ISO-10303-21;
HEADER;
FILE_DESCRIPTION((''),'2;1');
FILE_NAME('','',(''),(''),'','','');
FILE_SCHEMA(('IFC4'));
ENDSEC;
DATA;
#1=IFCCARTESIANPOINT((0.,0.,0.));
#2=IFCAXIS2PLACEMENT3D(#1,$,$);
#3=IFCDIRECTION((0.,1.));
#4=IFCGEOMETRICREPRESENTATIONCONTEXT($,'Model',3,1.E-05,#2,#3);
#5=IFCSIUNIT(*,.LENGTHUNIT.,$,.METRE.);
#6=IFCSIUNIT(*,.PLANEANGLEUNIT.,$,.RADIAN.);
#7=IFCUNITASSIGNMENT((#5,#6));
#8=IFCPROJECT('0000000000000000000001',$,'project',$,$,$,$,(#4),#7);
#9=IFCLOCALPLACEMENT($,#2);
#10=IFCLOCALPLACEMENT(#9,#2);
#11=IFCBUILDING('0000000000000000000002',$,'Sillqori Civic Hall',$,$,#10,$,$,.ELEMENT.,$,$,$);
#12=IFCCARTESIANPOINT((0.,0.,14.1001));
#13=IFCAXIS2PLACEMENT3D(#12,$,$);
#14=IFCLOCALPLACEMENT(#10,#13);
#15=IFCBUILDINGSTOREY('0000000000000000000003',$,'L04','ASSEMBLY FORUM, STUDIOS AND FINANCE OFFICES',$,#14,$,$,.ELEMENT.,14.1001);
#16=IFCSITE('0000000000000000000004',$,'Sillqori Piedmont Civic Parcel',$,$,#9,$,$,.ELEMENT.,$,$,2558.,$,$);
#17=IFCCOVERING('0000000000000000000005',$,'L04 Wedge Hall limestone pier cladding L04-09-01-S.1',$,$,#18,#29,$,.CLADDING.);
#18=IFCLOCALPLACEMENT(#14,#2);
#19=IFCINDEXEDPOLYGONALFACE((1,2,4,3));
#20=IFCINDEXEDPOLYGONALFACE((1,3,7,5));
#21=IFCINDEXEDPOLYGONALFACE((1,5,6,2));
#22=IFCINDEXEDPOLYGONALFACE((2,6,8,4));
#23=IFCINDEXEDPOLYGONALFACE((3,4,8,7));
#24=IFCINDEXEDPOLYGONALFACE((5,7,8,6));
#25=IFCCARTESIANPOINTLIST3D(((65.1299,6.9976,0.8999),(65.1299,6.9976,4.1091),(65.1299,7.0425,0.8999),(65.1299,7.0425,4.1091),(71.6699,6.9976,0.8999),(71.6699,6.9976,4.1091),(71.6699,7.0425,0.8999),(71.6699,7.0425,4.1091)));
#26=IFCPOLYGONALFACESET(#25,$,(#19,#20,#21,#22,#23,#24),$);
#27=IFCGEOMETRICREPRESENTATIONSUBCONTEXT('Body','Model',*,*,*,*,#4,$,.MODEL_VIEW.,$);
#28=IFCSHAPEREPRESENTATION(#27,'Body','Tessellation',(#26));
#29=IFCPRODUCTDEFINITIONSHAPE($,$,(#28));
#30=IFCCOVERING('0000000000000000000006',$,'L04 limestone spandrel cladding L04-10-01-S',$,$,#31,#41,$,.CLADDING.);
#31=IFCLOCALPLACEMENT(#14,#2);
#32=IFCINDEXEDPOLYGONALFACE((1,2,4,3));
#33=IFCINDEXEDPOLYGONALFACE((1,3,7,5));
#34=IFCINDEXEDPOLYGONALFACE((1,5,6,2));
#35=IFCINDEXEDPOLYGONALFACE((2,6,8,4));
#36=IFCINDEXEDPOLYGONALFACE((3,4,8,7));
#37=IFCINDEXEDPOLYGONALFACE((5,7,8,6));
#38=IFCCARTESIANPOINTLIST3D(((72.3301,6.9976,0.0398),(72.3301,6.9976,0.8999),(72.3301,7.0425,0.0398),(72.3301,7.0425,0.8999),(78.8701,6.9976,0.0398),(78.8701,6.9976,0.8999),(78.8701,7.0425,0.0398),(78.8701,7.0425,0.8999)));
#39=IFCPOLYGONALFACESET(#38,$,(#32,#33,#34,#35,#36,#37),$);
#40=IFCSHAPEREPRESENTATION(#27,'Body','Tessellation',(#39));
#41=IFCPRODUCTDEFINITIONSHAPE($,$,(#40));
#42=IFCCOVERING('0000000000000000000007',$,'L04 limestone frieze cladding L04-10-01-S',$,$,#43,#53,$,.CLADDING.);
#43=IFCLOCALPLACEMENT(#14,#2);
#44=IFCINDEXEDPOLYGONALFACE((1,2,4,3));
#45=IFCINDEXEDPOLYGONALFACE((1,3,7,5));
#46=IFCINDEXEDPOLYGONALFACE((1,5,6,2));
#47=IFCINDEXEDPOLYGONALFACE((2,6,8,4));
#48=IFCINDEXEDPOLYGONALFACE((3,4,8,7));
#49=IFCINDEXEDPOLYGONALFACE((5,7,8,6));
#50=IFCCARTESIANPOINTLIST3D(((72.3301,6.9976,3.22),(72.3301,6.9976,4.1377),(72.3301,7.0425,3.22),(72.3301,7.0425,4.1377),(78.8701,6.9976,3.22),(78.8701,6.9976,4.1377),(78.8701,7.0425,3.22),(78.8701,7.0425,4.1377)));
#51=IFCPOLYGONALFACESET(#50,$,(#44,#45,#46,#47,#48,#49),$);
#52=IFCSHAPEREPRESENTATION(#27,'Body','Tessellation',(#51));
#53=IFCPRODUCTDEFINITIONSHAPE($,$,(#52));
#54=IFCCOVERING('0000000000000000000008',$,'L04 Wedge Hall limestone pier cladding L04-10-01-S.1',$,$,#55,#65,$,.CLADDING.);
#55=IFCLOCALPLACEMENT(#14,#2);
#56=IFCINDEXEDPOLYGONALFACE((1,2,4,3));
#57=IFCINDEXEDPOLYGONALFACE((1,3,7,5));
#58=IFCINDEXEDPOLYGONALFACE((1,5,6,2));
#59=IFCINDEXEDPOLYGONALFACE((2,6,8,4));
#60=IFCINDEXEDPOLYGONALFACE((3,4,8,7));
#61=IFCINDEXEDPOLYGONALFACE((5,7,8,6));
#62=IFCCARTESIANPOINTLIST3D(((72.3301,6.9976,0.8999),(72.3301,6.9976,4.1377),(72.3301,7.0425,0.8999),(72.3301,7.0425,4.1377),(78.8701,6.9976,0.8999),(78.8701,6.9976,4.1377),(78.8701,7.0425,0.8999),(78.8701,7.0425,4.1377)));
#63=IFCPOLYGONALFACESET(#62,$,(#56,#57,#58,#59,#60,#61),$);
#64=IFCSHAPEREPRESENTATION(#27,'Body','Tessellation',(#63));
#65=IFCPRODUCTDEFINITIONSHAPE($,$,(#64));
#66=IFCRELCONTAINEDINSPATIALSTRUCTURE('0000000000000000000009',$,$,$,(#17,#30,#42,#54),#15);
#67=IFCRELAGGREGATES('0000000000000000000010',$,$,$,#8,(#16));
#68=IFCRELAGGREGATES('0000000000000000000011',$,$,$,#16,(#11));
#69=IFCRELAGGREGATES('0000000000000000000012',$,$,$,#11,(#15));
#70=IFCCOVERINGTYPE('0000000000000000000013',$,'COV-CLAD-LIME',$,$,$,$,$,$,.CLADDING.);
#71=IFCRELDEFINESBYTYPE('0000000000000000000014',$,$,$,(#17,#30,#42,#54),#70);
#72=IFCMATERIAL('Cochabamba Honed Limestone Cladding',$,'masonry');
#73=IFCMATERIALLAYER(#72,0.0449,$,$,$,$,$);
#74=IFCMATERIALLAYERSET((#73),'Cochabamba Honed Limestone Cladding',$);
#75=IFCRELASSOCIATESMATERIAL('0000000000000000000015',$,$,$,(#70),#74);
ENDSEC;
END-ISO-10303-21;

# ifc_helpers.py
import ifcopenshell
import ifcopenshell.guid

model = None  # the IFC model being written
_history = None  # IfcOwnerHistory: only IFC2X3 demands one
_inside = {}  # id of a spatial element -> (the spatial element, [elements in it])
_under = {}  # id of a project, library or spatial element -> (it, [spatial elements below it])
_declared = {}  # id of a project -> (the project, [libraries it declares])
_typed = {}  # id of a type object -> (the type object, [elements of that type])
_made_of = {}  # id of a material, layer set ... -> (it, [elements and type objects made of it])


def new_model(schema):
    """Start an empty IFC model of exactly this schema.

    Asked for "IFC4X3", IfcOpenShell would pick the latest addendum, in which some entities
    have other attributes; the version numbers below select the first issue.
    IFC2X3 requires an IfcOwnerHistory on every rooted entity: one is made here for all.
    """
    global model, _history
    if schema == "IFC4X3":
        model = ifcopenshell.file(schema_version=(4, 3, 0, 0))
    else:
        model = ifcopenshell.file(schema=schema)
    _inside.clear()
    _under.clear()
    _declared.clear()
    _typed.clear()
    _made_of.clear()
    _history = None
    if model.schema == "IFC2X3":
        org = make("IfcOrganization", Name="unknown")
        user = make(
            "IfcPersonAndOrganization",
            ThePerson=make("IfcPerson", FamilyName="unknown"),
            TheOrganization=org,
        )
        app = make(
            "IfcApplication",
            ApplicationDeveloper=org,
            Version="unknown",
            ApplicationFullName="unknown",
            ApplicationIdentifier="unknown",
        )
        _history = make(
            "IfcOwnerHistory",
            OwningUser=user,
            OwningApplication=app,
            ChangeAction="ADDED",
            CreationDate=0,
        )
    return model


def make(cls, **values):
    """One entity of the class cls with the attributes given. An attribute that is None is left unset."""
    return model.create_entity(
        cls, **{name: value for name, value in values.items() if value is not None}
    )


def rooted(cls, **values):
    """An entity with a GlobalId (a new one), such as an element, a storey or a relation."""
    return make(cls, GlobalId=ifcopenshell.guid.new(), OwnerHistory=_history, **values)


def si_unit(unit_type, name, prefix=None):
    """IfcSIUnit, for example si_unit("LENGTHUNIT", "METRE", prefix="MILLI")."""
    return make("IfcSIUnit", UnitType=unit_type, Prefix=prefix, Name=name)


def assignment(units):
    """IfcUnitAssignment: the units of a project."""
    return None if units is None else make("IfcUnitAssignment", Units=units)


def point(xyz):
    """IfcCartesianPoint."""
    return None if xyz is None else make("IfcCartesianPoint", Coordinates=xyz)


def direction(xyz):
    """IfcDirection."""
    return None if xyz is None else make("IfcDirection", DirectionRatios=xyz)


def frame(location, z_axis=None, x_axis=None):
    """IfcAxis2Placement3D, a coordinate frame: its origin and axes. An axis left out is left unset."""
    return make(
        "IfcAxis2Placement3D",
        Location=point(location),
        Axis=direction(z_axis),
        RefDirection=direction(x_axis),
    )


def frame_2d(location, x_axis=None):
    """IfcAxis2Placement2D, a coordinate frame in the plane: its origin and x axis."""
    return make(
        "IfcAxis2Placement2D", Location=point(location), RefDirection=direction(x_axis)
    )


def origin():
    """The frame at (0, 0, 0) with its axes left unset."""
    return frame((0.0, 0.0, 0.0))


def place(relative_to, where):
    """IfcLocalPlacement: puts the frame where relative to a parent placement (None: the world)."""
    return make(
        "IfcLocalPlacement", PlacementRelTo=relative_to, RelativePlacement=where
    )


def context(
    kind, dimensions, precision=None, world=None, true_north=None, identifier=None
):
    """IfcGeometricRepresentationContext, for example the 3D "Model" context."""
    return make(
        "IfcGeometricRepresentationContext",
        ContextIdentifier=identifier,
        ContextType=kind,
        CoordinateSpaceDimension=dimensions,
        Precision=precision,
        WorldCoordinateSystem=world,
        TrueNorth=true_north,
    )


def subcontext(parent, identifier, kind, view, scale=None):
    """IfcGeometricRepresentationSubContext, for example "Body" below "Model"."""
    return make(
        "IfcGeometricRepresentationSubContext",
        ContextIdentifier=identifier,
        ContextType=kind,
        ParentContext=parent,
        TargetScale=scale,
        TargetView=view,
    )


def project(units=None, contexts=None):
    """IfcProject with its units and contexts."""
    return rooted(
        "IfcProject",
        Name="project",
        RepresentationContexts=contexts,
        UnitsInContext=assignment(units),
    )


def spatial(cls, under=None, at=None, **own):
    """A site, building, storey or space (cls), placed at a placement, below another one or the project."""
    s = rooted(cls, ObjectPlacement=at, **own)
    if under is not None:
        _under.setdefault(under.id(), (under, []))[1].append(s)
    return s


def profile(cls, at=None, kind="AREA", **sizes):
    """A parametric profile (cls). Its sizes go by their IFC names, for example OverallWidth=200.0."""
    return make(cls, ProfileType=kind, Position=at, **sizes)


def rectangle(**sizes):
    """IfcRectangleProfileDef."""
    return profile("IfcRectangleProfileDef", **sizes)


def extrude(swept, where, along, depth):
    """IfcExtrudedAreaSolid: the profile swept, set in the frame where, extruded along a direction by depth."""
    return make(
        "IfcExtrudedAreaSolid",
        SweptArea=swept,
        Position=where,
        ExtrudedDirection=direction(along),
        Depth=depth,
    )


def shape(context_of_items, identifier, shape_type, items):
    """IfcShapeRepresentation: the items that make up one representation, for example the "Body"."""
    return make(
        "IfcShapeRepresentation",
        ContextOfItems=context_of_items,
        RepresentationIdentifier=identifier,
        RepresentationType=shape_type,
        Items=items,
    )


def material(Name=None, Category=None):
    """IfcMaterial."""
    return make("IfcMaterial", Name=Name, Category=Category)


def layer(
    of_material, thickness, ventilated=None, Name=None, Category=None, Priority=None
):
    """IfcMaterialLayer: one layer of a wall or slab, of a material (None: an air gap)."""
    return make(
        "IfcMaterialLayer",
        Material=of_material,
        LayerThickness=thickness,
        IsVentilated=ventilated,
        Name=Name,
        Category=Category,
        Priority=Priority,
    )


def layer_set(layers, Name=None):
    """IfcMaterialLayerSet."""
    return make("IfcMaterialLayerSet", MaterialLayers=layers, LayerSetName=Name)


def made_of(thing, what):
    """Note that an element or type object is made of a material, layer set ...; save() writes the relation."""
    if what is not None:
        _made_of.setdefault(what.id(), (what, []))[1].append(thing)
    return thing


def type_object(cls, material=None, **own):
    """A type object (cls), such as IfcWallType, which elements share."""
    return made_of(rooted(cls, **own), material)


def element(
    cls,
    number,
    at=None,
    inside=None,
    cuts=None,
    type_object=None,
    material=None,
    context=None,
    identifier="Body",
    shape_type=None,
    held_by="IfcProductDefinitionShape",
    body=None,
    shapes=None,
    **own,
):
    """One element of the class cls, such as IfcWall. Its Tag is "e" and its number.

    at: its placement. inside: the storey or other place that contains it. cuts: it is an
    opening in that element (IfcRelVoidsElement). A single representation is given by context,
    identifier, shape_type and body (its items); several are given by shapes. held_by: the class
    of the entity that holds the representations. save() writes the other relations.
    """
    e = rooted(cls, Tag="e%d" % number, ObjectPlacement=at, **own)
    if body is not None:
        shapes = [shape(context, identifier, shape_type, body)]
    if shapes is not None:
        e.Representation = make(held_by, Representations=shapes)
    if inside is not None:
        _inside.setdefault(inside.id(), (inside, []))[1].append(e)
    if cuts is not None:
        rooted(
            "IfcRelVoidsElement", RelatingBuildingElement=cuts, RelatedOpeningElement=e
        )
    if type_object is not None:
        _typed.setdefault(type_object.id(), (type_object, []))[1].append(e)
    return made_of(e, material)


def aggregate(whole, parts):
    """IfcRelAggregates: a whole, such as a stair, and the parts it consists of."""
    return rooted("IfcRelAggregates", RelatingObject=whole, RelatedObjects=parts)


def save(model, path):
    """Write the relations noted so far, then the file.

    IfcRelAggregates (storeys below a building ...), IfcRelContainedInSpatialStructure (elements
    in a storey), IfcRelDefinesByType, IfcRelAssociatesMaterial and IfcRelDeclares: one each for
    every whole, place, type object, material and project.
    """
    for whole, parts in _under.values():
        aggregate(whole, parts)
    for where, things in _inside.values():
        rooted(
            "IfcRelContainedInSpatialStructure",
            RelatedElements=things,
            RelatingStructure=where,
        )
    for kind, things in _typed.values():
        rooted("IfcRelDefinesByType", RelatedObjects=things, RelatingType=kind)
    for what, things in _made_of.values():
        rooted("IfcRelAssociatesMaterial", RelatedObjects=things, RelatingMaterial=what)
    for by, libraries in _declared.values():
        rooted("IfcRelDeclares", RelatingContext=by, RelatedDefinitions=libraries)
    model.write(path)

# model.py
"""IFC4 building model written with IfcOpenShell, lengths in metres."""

from ifc_helpers import new_model, si_unit, direction, frame, frame_2d, origin, place, context, subcontext, project, spatial, rectangle, extrude, material, layer, layer_set, type_object, element, save


model = new_model("IFC4")

# Units and contexts
model_context = context("Model", 3, precision=1e-05, world=origin(), true_north=direction((0.0, 1.0)))
body_context = subcontext(model_context, "Body", "Model", "MODEL_VIEW")
ifc_project = project(units=[si_unit("LENGTHUNIT", "METRE"), si_unit("PLANEANGLEUNIT", "RADIAN")], contexts=[model_context])

# Site, building, storey
site_placement = place(None, origin())
site = spatial("IfcSite", under=ifc_project, at=site_placement, Name="Sillqori Piedmont Civic Parcel", CompositionType="ELEMENT", RefElevation=2558.0)
building_placement = place(site_placement, origin())
building = spatial("IfcBuilding", under=site, at=building_placement, Name="Sillqori Civic Hall", CompositionType="ELEMENT")
storey_placement = place(building_placement, frame((0.0, 0.0, 14.1001)))
storey = spatial("IfcBuildingStorey", under=building, at=storey_placement, Name="L04", Description="ASSEMBLY FORUM, STUDIOS AND FINANCE OFFICES", CompositionType="ELEMENT", Elevation=14.1001)

# Coverings
ifc_material_1 = material(Name="Cochabamba Honed Limestone Cladding", Category="masonry")
ifc_layer_1 = layer(ifc_material_1, 0.0449)
ifc_layer_set_1 = layer_set([ifc_layer_1], Name="Cochabamba Honed Limestone Cladding")
covering_type = type_object("IfcCoveringType", Name="COV-CLAD-LIME", PredefinedType="CLADDING", material=ifc_layer_set_1)
covering_1_placement = place(storey_placement, frame((71.6699, 7.02, 0.8999), z_axis=(0.0, 0.0, 1.0), x_axis=(-1.0, 0.0, 0.0)))
element("IfcCovering", 1, at=covering_1_placement, inside=storey, type_object=covering_type, Name="L04 Wedge Hall limestone pier cladding L04-09-01-S.1", PredefinedType="CLADDING", context=body_context, shape_type="SweptSolid", body=[
    extrude(rectangle(XDim=6.54, YDim=0.0449, at=frame_2d((3.27, 0.0))), origin(), (0.0, 0.0, 1.0), 3.2092),
])
covering_2_placement = place(storey_placement, frame((78.8701, 7.02, 0.0398), z_axis=(0.0, 0.0, 1.0), x_axis=(-1.0, 0.0, 0.0)))
element("IfcCovering", 2, at=covering_2_placement, inside=storey, type_object=covering_type, Name="L04 limestone spandrel cladding L04-10-01-S", PredefinedType="CLADDING", context=body_context, shape_type="SweptSolid", body=[
    extrude(rectangle(XDim=6.54, YDim=0.0449, at=frame_2d((3.27, 0.0))), origin(), (0.0, 0.0, 1.0), 0.8601),
])
covering_3_placement = place(storey_placement, frame((78.8701, 7.02, 3.22), z_axis=(0.0, 0.0, 1.0), x_axis=(-1.0, 0.0, 0.0)))
element("IfcCovering", 3, at=covering_3_placement, inside=storey, type_object=covering_type, Name="L04 limestone frieze cladding L04-10-01-S", PredefinedType="CLADDING", context=body_context, shape_type="SweptSolid", body=[
    extrude(rectangle(XDim=6.54, YDim=0.0449, at=frame_2d((3.27, 0.0))), origin(), (0.0, 0.0, 1.0), 0.9177),
])
covering_4_placement = place(storey_placement, frame((78.8701, 7.02, 0.8999), z_axis=(0.0, 0.0, 1.0), x_axis=(-1.0, 0.0, 0.0)))
element("IfcCovering", 4, at=covering_4_placement, inside=storey, type_object=covering_type, Name="L04 Wedge Hall limestone pier cladding L04-10-01-S.1", PredefinedType="CLADDING", context=body_context, shape_type="SweptSolid", body=[
    extrude(rectangle(XDim=6.54, YDim=0.0449, at=frame_2d((3.27, 0.0))), origin(), (0.0, 0.0, 1.0), 3.2378),
])

save(model, "model.ifc")
